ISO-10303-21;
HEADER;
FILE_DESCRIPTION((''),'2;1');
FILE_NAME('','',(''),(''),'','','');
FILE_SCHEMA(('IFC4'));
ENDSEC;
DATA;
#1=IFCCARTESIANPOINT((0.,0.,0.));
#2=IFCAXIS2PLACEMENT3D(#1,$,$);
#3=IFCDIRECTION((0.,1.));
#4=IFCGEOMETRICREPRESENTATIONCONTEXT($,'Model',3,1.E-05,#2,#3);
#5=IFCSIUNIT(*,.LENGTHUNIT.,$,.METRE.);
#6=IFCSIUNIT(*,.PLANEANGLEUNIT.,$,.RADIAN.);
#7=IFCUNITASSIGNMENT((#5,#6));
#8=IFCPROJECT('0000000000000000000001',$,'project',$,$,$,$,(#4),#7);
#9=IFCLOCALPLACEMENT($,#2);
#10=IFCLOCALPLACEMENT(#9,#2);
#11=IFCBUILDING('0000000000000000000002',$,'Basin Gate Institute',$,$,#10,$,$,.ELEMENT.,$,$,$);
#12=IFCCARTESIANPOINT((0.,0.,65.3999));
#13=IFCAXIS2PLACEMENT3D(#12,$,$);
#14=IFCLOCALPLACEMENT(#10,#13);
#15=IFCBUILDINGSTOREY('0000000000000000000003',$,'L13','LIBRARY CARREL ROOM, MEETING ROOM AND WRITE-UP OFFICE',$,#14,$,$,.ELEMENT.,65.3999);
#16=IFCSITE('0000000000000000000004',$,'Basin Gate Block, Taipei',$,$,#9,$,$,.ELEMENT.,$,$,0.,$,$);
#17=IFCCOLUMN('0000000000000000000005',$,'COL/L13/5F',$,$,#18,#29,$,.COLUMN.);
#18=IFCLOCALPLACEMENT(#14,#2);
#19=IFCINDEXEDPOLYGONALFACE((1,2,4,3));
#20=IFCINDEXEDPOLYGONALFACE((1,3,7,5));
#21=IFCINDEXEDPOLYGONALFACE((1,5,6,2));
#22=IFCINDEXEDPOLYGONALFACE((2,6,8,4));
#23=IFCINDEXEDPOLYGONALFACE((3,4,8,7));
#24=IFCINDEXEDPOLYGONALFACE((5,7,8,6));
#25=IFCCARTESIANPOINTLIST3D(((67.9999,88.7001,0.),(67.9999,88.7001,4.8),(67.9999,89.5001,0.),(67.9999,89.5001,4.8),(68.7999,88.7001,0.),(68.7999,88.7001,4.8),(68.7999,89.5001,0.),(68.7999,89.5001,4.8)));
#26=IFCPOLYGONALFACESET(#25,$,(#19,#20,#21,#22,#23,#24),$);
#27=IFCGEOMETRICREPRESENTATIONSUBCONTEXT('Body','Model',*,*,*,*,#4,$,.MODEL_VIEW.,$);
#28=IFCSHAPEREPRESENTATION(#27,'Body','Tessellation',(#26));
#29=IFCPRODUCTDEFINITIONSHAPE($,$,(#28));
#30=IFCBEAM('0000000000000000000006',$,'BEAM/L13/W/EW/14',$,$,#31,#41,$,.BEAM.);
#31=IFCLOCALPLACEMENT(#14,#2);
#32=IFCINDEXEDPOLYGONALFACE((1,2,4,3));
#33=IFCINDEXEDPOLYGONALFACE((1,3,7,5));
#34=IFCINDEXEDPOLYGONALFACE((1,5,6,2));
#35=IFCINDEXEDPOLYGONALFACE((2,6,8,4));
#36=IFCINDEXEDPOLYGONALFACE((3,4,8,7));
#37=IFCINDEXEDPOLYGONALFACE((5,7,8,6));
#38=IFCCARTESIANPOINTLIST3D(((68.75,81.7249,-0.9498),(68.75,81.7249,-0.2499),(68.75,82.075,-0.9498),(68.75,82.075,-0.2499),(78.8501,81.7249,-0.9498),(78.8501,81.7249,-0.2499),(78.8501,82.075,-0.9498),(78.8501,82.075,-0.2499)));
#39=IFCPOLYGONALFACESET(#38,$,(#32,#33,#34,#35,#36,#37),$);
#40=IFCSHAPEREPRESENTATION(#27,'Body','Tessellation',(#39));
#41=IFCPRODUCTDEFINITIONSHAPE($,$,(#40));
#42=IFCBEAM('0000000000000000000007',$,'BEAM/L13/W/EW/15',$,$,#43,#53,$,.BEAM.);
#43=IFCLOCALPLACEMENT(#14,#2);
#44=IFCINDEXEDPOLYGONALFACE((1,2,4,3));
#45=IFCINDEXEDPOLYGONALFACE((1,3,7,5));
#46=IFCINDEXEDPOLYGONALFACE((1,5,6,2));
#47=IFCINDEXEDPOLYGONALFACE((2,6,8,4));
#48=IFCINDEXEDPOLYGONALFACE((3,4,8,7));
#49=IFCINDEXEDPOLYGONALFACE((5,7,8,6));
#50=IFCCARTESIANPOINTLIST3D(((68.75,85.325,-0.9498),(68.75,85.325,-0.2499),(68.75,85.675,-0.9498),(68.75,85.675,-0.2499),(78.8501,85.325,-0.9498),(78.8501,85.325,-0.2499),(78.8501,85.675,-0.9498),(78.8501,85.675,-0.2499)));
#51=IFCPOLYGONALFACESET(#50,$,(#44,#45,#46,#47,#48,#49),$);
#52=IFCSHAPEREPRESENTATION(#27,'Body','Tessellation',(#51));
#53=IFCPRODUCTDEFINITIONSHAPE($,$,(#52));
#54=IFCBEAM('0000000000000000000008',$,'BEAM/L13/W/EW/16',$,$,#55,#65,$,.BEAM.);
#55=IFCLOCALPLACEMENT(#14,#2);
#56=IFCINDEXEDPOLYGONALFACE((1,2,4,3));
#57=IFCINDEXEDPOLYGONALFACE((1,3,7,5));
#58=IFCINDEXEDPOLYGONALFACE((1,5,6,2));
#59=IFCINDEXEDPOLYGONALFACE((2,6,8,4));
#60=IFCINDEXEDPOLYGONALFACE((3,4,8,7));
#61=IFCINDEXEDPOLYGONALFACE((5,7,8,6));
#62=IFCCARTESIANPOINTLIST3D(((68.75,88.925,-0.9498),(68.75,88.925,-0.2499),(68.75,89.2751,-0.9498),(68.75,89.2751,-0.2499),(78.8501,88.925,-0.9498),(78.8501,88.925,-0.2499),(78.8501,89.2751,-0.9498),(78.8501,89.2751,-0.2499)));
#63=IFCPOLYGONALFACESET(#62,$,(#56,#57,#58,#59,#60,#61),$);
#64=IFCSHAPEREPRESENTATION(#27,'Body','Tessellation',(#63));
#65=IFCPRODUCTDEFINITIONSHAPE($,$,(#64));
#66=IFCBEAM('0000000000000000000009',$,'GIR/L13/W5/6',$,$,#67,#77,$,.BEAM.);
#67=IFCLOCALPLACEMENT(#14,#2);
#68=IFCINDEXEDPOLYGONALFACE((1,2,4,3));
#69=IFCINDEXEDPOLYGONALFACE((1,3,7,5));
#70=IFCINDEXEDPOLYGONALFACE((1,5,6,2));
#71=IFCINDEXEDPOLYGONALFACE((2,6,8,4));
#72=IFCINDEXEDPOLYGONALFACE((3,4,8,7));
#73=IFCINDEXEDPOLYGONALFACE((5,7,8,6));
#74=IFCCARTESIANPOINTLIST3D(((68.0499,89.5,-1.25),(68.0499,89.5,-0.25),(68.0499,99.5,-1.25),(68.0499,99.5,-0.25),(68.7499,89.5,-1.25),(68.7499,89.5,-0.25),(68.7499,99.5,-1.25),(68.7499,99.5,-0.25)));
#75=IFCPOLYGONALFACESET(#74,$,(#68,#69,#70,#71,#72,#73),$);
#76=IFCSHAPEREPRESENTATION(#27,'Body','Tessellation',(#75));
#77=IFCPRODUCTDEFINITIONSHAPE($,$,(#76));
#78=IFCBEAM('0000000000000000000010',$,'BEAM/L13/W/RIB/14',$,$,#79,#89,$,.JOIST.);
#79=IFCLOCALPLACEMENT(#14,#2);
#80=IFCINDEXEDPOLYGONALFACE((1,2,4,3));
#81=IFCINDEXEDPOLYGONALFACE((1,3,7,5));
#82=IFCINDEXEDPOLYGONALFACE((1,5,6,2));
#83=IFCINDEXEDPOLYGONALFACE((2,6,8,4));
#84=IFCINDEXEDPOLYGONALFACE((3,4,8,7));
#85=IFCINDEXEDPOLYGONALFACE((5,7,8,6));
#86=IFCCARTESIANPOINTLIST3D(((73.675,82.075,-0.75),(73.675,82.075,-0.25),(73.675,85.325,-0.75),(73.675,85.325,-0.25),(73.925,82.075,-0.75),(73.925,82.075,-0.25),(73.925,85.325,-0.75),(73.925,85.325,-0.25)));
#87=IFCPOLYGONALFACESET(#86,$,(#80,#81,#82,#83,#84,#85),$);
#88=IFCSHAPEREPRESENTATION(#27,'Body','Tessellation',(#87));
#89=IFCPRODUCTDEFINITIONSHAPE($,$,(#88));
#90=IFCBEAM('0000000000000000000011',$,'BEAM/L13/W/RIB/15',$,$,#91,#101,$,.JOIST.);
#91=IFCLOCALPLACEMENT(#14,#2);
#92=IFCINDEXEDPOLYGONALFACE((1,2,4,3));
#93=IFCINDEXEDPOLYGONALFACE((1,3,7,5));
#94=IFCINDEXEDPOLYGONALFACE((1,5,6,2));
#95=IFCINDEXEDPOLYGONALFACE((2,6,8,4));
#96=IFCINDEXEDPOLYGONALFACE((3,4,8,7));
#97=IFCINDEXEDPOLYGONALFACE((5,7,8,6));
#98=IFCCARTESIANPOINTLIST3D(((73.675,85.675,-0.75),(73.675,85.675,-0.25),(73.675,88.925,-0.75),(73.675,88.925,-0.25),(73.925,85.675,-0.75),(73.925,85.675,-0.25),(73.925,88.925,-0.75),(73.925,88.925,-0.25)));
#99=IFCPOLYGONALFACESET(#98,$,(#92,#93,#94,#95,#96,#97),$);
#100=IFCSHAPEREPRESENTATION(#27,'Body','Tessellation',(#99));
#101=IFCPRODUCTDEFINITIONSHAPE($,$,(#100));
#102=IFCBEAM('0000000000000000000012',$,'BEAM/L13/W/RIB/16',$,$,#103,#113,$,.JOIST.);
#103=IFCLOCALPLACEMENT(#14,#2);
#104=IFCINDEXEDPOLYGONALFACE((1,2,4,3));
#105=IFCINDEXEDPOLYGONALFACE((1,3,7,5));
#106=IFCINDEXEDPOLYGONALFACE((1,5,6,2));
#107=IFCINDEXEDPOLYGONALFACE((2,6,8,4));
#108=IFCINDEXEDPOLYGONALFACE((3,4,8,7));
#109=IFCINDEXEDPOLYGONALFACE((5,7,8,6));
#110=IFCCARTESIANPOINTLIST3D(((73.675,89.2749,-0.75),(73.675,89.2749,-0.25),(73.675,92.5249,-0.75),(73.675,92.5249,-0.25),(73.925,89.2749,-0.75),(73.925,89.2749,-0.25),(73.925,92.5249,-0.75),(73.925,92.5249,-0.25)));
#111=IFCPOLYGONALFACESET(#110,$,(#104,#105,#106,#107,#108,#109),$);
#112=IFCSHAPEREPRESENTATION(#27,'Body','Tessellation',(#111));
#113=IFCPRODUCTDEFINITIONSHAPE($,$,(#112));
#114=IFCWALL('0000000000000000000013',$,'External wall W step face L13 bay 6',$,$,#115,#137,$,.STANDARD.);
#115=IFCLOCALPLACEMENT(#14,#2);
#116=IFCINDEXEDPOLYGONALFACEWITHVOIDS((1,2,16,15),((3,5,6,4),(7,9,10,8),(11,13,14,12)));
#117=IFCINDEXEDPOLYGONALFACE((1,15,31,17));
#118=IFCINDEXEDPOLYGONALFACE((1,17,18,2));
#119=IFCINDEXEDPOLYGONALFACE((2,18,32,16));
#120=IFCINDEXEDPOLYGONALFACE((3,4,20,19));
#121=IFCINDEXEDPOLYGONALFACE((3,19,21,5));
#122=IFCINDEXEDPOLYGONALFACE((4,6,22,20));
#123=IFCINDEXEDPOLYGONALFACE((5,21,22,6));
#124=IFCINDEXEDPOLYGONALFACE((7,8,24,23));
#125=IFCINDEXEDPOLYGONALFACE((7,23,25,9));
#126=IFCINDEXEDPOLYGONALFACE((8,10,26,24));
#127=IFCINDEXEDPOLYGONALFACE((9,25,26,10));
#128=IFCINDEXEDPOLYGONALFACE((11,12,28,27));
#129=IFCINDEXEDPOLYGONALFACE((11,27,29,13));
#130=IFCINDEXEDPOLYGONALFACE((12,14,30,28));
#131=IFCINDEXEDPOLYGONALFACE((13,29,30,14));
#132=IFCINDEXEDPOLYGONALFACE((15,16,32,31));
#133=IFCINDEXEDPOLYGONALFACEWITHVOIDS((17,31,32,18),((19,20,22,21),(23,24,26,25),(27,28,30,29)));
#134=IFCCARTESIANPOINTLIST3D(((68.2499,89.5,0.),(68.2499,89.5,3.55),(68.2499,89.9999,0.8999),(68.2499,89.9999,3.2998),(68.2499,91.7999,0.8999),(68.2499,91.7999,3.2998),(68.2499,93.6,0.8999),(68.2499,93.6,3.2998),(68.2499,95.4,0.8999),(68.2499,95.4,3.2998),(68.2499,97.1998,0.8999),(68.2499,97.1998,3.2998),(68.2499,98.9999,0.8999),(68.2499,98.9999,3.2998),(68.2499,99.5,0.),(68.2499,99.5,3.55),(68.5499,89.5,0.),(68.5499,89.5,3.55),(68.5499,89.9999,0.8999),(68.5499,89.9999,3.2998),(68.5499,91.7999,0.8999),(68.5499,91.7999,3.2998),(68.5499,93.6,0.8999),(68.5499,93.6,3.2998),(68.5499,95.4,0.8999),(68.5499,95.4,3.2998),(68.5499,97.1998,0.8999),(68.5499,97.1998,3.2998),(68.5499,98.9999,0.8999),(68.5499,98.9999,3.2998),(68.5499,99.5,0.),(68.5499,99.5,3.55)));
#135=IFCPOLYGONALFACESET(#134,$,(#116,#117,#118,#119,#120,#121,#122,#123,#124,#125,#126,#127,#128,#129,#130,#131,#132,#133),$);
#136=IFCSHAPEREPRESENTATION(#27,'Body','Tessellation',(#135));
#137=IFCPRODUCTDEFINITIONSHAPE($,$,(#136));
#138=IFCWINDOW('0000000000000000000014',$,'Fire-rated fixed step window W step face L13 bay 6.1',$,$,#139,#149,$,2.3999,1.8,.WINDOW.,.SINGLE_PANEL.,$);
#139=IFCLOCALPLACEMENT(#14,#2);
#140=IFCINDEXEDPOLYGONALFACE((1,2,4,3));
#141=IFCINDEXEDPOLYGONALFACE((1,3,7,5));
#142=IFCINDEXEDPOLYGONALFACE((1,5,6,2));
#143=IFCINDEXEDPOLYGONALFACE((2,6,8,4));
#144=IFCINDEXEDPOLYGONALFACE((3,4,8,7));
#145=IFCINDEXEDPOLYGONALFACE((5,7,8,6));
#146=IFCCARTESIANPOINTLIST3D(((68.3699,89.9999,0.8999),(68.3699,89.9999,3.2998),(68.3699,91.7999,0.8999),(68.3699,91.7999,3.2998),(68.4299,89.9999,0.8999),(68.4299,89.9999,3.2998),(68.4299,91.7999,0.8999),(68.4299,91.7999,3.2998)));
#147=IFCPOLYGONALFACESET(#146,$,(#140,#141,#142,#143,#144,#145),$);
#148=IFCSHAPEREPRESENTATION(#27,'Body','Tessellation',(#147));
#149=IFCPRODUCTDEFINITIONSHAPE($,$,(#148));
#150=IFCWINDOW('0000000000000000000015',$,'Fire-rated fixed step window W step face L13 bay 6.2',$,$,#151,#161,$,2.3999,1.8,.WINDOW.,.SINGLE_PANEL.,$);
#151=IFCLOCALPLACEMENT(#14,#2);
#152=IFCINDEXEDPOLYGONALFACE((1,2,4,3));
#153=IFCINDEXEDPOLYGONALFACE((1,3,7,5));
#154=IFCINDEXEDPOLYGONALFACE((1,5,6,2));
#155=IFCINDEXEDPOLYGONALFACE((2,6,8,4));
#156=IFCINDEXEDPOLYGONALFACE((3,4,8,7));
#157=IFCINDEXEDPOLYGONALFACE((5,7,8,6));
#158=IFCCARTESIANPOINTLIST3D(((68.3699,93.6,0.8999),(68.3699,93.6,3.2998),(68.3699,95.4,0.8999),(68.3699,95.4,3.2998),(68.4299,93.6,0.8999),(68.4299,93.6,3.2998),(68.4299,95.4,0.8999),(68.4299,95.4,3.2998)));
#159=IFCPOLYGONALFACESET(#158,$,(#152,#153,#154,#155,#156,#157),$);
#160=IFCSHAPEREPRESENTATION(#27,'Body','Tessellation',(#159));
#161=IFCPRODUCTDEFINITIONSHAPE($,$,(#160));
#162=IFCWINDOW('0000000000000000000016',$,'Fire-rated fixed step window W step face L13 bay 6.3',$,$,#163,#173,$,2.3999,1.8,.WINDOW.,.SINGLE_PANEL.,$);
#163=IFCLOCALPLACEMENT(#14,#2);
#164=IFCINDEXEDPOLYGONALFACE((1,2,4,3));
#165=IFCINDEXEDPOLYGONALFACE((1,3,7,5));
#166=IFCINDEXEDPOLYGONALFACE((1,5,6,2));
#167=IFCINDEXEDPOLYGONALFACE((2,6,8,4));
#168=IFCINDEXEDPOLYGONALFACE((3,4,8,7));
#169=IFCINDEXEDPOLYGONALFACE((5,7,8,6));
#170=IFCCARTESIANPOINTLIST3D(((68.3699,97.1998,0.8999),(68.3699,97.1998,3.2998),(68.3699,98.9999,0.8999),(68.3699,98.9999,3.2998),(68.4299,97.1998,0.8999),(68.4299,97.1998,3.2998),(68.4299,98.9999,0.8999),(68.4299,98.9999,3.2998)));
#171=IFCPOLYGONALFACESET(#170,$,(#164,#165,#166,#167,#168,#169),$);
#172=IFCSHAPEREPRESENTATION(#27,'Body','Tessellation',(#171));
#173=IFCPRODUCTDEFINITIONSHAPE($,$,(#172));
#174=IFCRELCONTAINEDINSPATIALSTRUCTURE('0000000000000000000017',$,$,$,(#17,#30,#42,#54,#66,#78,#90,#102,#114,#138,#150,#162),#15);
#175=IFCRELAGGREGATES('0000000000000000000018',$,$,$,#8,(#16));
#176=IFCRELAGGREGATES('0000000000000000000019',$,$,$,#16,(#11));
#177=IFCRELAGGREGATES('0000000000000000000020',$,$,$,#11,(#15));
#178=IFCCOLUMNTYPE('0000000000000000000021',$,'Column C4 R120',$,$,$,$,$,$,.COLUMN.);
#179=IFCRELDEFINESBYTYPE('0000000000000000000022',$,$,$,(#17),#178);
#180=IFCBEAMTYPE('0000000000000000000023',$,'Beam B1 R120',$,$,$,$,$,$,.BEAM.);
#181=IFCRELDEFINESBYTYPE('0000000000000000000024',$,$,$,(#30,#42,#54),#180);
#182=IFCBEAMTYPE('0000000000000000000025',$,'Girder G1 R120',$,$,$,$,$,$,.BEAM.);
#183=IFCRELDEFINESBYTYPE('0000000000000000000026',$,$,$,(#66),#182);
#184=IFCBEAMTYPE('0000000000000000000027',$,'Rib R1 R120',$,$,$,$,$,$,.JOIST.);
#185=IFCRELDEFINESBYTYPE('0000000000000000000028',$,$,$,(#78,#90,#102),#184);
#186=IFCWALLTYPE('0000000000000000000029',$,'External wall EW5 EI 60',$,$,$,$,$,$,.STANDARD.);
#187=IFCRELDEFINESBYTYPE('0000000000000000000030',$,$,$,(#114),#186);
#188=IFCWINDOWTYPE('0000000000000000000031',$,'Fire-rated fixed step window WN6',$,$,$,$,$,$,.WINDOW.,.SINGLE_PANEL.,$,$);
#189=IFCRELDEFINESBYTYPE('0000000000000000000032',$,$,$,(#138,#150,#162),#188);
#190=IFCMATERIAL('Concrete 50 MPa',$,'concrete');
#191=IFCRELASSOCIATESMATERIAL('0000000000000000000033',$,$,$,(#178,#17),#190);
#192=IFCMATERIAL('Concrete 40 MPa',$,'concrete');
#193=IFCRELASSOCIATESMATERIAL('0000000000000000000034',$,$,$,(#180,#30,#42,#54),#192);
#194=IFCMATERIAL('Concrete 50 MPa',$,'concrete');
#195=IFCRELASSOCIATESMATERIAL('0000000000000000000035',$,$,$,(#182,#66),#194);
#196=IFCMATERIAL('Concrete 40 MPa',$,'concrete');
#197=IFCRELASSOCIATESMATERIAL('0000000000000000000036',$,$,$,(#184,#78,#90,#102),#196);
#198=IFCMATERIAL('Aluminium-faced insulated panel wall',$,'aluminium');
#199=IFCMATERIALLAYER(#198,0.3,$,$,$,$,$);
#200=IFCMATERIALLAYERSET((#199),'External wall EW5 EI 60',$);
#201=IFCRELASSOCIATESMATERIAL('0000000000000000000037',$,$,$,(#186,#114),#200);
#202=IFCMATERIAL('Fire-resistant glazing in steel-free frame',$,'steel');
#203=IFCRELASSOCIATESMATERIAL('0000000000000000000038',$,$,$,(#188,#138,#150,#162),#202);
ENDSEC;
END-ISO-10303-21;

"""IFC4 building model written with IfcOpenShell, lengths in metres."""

from ifc_helpers import new_model, si_unit, direction, frame, frame_2d, origin, origin_2d, place, context, subcontext, project, spatial, rectangle, extrude, material, layer, layer_set, material_profile, profile_set, type_object, element, fill, save


model = new_model("IFC4")

# Units and contexts
model_context = context("Model", 3, precision=1e-05, world=origin(), true_north=direction((0.0, 1.0)))
body_context = subcontext(model_context, "Body", "Model", "MODEL_VIEW")
ifc_project = project(units=[si_unit("LENGTHUNIT", "METRE"), si_unit("PLANEANGLEUNIT", "RADIAN")], contexts=[model_context])

# Site, building, storey
site_placement = place(None, origin())
site = spatial("IfcSite", under=ifc_project, at=site_placement, Name="Basin Gate Block, Taipei", CompositionType="ELEMENT", RefElevation=0.0)
building_placement = place(site_placement, origin())
building = spatial("IfcBuilding", under=site, at=building_placement, Name="Basin Gate Institute", CompositionType="ELEMENT")
storey_placement = place(building_placement, frame((0.0, 0.0, 65.3999)))
storey = spatial("IfcBuildingStorey", under=building, at=storey_placement, Name="L13", Description="LIBRARY CARREL ROOM, MEETING ROOM AND WRITE-UP OFFICE", CompositionType="ELEMENT", Elevation=65.3999)

# Column
ifc_material_1 = material(Name="Concrete 50 MPa", Category="concrete")
ifc_material_profile_1 = material_profile(ifc_material_1, rectangle(XDim=0.8, YDim=0.8, at=origin_2d()), Name="Column C4 800 x 800")
ifc_profile_set_1 = profile_set([ifc_material_profile_1], Name="Concrete 50 MPa")
column_type = type_object("IfcColumnType", Name="Column C4 R120", PredefinedType="COLUMN", material=ifc_profile_set_1)
column_placement = place(storey_placement, frame((68.3999, 89.1001, 0.0), z_axis=(0.0, 0.0, 1.0), x_axis=(1.0, 0.0, 0.0)))
element("IfcColumn", 1, at=column_placement, inside=storey, type_object=column_type, material=ifc_profile_set_1, Name="COL/L13/5F", PredefinedType="COLUMN", context=body_context, shape_type="SweptSolid", body=[
    extrude(rectangle(XDim=0.8, YDim=0.8, at=origin_2d()), origin(), (0.0, 0.0, 1.0), 4.8),
])

# Beams
ifc_material_2 = material(Name="Concrete 40 MPa", Category="concrete")
ifc_material_profile_2 = material_profile(ifc_material_2, rectangle(XDim=0.3501, YDim=0.7, at=origin_2d()), Name="Beam B1 350 x 700")
ifc_profile_set_2 = profile_set([ifc_material_profile_2], Name="Concrete 40 MPa")
beam_type_1 = type_object("IfcBeamType", Name="Beam B1 R120", PredefinedType="BEAM", material=ifc_profile_set_2)
for number, where, z_axis, x_axis, name in (
    (2, (68.75, 81.8999, -0.5999), (1.0, 0.0, 0.0), (0.0, 1.0, 0.0), "BEAM/L13/W/EW/14"),
    (3, (68.75, 85.5, -0.5999), (1.0, 0.0, 0.0), (0.0, 1.0, 0.0), "BEAM/L13/W/EW/15"),
    (4, (68.75, 89.1001, -0.5999), (1.0, 0.0, 0.0), (0.0, 1.0, 0.0), "BEAM/L13/W/EW/16"),
):
    element("IfcBeam", number, at=place(storey_placement, frame(where, z_axis=z_axis, x_axis=x_axis)), inside=storey, type_object=beam_type_1, material=ifc_profile_set_2, Name=name, PredefinedType="BEAM", context=body_context, shape_type="SweptSolid", body=[
        extrude(rectangle(XDim=0.3501, YDim=0.7, at=origin_2d()), origin(), (0.0, 0.0, 1.0), 10.1001),
    ])
ifc_material_3 = material(Name="Concrete 50 MPa", Category="concrete")
ifc_material_profile_3 = material_profile(ifc_material_3, rectangle(XDim=0.7, YDim=1.0, at=origin_2d()), Name="Girder G1 700 x 1000")
ifc_profile_set_3 = profile_set([ifc_material_profile_3], Name="Concrete 50 MPa")
beam_type_2 = type_object("IfcBeamType", Name="Girder G1 R120", PredefinedType="BEAM", material=ifc_profile_set_3)
beam_placement = place(storey_placement, frame((68.3999, 89.5, -0.75), z_axis=(0.0, 1.0, 0.0), x_axis=(-1.0, 0.0, 0.0)))
element("IfcBeam", 5, at=beam_placement, inside=storey, type_object=beam_type_2, material=ifc_profile_set_3, Name="GIR/L13/W5/6", PredefinedType="BEAM", context=body_context, shape_type="SweptSolid", body=[
    extrude(rectangle(XDim=0.7, YDim=1.0, at=origin_2d()), origin(), (0.0, 0.0, 1.0), 10.0),
])
ifc_material_4 = material(Name="Concrete 40 MPa", Category="concrete")
ifc_material_profile_4 = material_profile(ifc_material_4, rectangle(XDim=0.25, YDim=0.5, at=origin_2d()), Name="Rib R1 250 x 500")
ifc_profile_set_4 = profile_set([ifc_material_profile_4], Name="Concrete 40 MPa")
beam_type_3 = type_object("IfcBeamType", Name="Rib R1 R120", PredefinedType="JOIST", material=ifc_profile_set_4)
for number, where, z_axis, x_axis, name in (
    (6, (73.8, 82.075, -0.5), (0.0, 1.0, 0.0), (-1.0, 0.0, 0.0), "BEAM/L13/W/RIB/14"),
    (7, (73.8, 85.675, -0.5), (0.0, 1.0, 0.0), (-1.0, 0.0, 0.0), "BEAM/L13/W/RIB/15"),
    (8, (73.8, 89.2749, -0.5), (0.0, 1.0, 0.0), (-1.0, 0.0, 0.0), "BEAM/L13/W/RIB/16"),
):
    element("IfcBeam", number, at=place(storey_placement, frame(where, z_axis=z_axis, x_axis=x_axis)), inside=storey, type_object=beam_type_3, material=ifc_profile_set_4, Name=name, PredefinedType="JOIST", context=body_context, shape_type="SweptSolid", body=[
        extrude(rectangle(XDim=0.25, YDim=0.5, at=origin_2d()), origin(), (0.0, 0.0, 1.0), 3.25),
    ])

# Wall, openings, windows
ifc_material_5 = material(Name="Aluminium-faced insulated panel wall", Category="aluminium")
ifc_layer_1 = layer(ifc_material_5, 0.3)
ifc_layer_set_1 = layer_set([ifc_layer_1], Name="External wall EW5 EI 60")
wall_type_1 = type_object("IfcWallType", Name="External wall EW5 EI 60", PredefinedType="STANDARD", material=ifc_layer_set_1)
wall_1_placement = place(storey_placement, frame((68.3999, 89.5, 0.0), z_axis=(0.0, 0.0, 1.0), x_axis=(0.0, 1.0, 0.0)))
wall_1 = element("IfcWall", 9, at=wall_1_placement, inside=storey, type_object=wall_type_1, material=ifc_layer_set_1, Name="External wall W step face L13 bay 6", PredefinedType="STANDARD", context=body_context, shape_type="SweptSolid", body=[
    extrude(rectangle(XDim=10.0, YDim=0.3, at=frame_2d((5.0, 0.0))), origin(), (0.0, 0.0, 1.0), 3.55),
])
opening_1_placement = place(wall_1_placement, frame((0.5, 0.0, 0.8999)))
opening_1 = element("IfcOpeningElement", 10, at=opening_1_placement, cuts=wall_1, PredefinedType="OPENING", context=body_context, shape_type="SweptSolid", body=[
    extrude(rectangle(XDim=1.8, YDim=2.3999, at=frame_2d((0.8999, 1.2))), frame((0.0, 0.1602, 0.0), z_axis=(0.0, -1.0, 0.0), x_axis=(1.0, 0.0, 0.0)), (0.0, 0.0, 1.0), 0.3201),
])
opening_2_placement = place(wall_1_placement, frame((4.1001, 0.0, 0.8999)))
opening_2 = element("IfcOpeningElement", 11, at=opening_2_placement, cuts=wall_1, PredefinedType="OPENING", context=body_context, shape_type="SweptSolid", body=[
    extrude(rectangle(XDim=1.8, YDim=2.3999, at=frame_2d((0.8999, 1.2))), frame((0.0, 0.1602, 0.0), z_axis=(0.0, -1.0, 0.0), x_axis=(1.0, 0.0, 0.0)), (0.0, 0.0, 1.0), 0.3201),
])
opening_3_placement = place(wall_1_placement, frame((7.7, 0.0, 0.8999)))
opening_3 = element("IfcOpeningElement", 12, at=opening_3_placement, cuts=wall_1, PredefinedType="OPENING", context=body_context, shape_type="SweptSolid", body=[
    extrude(rectangle(XDim=1.8, YDim=2.3999, at=frame_2d((0.8999, 1.2))), frame((0.0, 0.1602, 0.0), z_axis=(0.0, -1.0, 0.0), x_axis=(1.0, 0.0, 0.0)), (0.0, 0.0, 1.0), 0.3201),
])
ifc_material_6 = material(Name="Fire-resistant glazing in steel-free frame", Category="steel")
window_type = type_object("IfcWindowType", Name="Fire-rated fixed step window WN6", PartitioningType="SINGLE_PANEL", PredefinedType="WINDOW", material=ifc_material_6)
window_1_placement = place(opening_1_placement, origin())
window_1 = element("IfcWindow", 13, at=window_1_placement, inside=storey, type_object=window_type, material=ifc_material_6, Name="Fire-rated fixed step window W step face L13 bay 6.1", OverallHeight=2.3999, OverallWidth=1.8, PartitioningType="SINGLE_PANEL", PredefinedType="WINDOW", context=body_context, shape_type="SweptSolid", body=[
    extrude(rectangle(XDim=1.8, YDim=2.3999, at=frame_2d((0.8999, 1.2))), frame((0.0, 0.03, 0.0), z_axis=(0.0, -1.0, 0.0), x_axis=(1.0, 0.0, 0.0)), (0.0, 0.0, 1.0), 0.0601),
])
fill(opening_1, window_1)
window_2_placement = place(opening_2_placement, origin())
window_2 = element("IfcWindow", 14, at=window_2_placement, inside=storey, type_object=window_type, material=ifc_material_6, Name="Fire-rated fixed step window W step face L13 bay 6.2", OverallHeight=2.3999, OverallWidth=1.8, PartitioningType="SINGLE_PANEL", PredefinedType="WINDOW", context=body_context, shape_type="SweptSolid", body=[
    extrude(rectangle(XDim=1.8, YDim=2.3999, at=frame_2d((0.8999, 1.2))), frame((0.0, 0.03, 0.0), z_axis=(0.0, -1.0, 0.0), x_axis=(1.0, 0.0, 0.0)), (0.0, 0.0, 1.0), 0.0601),
])
fill(opening_2, window_2)
window_3_placement = place(opening_3_placement, origin())
window_3 = element("IfcWindow", 15, at=window_3_placement, inside=storey, type_object=window_type, material=ifc_material_6, Name="Fire-rated fixed step window W step face L13 bay 6.3", OverallHeight=2.3999, OverallWidth=1.8, PartitioningType="SINGLE_PANEL", PredefinedType="WINDOW", context=body_context, shape_type="SweptSolid", body=[
    extrude(rectangle(XDim=1.8, YDim=2.3999, at=frame_2d((0.8999, 1.2))), frame((0.0, 0.03, 0.0), z_axis=(0.0, -1.0, 0.0), x_axis=(1.0, 0.0, 0.0)), (0.0, 0.0, 1.0), 0.0601),
])
fill(opening_3, window_3)

save(model, "model.ifc")
